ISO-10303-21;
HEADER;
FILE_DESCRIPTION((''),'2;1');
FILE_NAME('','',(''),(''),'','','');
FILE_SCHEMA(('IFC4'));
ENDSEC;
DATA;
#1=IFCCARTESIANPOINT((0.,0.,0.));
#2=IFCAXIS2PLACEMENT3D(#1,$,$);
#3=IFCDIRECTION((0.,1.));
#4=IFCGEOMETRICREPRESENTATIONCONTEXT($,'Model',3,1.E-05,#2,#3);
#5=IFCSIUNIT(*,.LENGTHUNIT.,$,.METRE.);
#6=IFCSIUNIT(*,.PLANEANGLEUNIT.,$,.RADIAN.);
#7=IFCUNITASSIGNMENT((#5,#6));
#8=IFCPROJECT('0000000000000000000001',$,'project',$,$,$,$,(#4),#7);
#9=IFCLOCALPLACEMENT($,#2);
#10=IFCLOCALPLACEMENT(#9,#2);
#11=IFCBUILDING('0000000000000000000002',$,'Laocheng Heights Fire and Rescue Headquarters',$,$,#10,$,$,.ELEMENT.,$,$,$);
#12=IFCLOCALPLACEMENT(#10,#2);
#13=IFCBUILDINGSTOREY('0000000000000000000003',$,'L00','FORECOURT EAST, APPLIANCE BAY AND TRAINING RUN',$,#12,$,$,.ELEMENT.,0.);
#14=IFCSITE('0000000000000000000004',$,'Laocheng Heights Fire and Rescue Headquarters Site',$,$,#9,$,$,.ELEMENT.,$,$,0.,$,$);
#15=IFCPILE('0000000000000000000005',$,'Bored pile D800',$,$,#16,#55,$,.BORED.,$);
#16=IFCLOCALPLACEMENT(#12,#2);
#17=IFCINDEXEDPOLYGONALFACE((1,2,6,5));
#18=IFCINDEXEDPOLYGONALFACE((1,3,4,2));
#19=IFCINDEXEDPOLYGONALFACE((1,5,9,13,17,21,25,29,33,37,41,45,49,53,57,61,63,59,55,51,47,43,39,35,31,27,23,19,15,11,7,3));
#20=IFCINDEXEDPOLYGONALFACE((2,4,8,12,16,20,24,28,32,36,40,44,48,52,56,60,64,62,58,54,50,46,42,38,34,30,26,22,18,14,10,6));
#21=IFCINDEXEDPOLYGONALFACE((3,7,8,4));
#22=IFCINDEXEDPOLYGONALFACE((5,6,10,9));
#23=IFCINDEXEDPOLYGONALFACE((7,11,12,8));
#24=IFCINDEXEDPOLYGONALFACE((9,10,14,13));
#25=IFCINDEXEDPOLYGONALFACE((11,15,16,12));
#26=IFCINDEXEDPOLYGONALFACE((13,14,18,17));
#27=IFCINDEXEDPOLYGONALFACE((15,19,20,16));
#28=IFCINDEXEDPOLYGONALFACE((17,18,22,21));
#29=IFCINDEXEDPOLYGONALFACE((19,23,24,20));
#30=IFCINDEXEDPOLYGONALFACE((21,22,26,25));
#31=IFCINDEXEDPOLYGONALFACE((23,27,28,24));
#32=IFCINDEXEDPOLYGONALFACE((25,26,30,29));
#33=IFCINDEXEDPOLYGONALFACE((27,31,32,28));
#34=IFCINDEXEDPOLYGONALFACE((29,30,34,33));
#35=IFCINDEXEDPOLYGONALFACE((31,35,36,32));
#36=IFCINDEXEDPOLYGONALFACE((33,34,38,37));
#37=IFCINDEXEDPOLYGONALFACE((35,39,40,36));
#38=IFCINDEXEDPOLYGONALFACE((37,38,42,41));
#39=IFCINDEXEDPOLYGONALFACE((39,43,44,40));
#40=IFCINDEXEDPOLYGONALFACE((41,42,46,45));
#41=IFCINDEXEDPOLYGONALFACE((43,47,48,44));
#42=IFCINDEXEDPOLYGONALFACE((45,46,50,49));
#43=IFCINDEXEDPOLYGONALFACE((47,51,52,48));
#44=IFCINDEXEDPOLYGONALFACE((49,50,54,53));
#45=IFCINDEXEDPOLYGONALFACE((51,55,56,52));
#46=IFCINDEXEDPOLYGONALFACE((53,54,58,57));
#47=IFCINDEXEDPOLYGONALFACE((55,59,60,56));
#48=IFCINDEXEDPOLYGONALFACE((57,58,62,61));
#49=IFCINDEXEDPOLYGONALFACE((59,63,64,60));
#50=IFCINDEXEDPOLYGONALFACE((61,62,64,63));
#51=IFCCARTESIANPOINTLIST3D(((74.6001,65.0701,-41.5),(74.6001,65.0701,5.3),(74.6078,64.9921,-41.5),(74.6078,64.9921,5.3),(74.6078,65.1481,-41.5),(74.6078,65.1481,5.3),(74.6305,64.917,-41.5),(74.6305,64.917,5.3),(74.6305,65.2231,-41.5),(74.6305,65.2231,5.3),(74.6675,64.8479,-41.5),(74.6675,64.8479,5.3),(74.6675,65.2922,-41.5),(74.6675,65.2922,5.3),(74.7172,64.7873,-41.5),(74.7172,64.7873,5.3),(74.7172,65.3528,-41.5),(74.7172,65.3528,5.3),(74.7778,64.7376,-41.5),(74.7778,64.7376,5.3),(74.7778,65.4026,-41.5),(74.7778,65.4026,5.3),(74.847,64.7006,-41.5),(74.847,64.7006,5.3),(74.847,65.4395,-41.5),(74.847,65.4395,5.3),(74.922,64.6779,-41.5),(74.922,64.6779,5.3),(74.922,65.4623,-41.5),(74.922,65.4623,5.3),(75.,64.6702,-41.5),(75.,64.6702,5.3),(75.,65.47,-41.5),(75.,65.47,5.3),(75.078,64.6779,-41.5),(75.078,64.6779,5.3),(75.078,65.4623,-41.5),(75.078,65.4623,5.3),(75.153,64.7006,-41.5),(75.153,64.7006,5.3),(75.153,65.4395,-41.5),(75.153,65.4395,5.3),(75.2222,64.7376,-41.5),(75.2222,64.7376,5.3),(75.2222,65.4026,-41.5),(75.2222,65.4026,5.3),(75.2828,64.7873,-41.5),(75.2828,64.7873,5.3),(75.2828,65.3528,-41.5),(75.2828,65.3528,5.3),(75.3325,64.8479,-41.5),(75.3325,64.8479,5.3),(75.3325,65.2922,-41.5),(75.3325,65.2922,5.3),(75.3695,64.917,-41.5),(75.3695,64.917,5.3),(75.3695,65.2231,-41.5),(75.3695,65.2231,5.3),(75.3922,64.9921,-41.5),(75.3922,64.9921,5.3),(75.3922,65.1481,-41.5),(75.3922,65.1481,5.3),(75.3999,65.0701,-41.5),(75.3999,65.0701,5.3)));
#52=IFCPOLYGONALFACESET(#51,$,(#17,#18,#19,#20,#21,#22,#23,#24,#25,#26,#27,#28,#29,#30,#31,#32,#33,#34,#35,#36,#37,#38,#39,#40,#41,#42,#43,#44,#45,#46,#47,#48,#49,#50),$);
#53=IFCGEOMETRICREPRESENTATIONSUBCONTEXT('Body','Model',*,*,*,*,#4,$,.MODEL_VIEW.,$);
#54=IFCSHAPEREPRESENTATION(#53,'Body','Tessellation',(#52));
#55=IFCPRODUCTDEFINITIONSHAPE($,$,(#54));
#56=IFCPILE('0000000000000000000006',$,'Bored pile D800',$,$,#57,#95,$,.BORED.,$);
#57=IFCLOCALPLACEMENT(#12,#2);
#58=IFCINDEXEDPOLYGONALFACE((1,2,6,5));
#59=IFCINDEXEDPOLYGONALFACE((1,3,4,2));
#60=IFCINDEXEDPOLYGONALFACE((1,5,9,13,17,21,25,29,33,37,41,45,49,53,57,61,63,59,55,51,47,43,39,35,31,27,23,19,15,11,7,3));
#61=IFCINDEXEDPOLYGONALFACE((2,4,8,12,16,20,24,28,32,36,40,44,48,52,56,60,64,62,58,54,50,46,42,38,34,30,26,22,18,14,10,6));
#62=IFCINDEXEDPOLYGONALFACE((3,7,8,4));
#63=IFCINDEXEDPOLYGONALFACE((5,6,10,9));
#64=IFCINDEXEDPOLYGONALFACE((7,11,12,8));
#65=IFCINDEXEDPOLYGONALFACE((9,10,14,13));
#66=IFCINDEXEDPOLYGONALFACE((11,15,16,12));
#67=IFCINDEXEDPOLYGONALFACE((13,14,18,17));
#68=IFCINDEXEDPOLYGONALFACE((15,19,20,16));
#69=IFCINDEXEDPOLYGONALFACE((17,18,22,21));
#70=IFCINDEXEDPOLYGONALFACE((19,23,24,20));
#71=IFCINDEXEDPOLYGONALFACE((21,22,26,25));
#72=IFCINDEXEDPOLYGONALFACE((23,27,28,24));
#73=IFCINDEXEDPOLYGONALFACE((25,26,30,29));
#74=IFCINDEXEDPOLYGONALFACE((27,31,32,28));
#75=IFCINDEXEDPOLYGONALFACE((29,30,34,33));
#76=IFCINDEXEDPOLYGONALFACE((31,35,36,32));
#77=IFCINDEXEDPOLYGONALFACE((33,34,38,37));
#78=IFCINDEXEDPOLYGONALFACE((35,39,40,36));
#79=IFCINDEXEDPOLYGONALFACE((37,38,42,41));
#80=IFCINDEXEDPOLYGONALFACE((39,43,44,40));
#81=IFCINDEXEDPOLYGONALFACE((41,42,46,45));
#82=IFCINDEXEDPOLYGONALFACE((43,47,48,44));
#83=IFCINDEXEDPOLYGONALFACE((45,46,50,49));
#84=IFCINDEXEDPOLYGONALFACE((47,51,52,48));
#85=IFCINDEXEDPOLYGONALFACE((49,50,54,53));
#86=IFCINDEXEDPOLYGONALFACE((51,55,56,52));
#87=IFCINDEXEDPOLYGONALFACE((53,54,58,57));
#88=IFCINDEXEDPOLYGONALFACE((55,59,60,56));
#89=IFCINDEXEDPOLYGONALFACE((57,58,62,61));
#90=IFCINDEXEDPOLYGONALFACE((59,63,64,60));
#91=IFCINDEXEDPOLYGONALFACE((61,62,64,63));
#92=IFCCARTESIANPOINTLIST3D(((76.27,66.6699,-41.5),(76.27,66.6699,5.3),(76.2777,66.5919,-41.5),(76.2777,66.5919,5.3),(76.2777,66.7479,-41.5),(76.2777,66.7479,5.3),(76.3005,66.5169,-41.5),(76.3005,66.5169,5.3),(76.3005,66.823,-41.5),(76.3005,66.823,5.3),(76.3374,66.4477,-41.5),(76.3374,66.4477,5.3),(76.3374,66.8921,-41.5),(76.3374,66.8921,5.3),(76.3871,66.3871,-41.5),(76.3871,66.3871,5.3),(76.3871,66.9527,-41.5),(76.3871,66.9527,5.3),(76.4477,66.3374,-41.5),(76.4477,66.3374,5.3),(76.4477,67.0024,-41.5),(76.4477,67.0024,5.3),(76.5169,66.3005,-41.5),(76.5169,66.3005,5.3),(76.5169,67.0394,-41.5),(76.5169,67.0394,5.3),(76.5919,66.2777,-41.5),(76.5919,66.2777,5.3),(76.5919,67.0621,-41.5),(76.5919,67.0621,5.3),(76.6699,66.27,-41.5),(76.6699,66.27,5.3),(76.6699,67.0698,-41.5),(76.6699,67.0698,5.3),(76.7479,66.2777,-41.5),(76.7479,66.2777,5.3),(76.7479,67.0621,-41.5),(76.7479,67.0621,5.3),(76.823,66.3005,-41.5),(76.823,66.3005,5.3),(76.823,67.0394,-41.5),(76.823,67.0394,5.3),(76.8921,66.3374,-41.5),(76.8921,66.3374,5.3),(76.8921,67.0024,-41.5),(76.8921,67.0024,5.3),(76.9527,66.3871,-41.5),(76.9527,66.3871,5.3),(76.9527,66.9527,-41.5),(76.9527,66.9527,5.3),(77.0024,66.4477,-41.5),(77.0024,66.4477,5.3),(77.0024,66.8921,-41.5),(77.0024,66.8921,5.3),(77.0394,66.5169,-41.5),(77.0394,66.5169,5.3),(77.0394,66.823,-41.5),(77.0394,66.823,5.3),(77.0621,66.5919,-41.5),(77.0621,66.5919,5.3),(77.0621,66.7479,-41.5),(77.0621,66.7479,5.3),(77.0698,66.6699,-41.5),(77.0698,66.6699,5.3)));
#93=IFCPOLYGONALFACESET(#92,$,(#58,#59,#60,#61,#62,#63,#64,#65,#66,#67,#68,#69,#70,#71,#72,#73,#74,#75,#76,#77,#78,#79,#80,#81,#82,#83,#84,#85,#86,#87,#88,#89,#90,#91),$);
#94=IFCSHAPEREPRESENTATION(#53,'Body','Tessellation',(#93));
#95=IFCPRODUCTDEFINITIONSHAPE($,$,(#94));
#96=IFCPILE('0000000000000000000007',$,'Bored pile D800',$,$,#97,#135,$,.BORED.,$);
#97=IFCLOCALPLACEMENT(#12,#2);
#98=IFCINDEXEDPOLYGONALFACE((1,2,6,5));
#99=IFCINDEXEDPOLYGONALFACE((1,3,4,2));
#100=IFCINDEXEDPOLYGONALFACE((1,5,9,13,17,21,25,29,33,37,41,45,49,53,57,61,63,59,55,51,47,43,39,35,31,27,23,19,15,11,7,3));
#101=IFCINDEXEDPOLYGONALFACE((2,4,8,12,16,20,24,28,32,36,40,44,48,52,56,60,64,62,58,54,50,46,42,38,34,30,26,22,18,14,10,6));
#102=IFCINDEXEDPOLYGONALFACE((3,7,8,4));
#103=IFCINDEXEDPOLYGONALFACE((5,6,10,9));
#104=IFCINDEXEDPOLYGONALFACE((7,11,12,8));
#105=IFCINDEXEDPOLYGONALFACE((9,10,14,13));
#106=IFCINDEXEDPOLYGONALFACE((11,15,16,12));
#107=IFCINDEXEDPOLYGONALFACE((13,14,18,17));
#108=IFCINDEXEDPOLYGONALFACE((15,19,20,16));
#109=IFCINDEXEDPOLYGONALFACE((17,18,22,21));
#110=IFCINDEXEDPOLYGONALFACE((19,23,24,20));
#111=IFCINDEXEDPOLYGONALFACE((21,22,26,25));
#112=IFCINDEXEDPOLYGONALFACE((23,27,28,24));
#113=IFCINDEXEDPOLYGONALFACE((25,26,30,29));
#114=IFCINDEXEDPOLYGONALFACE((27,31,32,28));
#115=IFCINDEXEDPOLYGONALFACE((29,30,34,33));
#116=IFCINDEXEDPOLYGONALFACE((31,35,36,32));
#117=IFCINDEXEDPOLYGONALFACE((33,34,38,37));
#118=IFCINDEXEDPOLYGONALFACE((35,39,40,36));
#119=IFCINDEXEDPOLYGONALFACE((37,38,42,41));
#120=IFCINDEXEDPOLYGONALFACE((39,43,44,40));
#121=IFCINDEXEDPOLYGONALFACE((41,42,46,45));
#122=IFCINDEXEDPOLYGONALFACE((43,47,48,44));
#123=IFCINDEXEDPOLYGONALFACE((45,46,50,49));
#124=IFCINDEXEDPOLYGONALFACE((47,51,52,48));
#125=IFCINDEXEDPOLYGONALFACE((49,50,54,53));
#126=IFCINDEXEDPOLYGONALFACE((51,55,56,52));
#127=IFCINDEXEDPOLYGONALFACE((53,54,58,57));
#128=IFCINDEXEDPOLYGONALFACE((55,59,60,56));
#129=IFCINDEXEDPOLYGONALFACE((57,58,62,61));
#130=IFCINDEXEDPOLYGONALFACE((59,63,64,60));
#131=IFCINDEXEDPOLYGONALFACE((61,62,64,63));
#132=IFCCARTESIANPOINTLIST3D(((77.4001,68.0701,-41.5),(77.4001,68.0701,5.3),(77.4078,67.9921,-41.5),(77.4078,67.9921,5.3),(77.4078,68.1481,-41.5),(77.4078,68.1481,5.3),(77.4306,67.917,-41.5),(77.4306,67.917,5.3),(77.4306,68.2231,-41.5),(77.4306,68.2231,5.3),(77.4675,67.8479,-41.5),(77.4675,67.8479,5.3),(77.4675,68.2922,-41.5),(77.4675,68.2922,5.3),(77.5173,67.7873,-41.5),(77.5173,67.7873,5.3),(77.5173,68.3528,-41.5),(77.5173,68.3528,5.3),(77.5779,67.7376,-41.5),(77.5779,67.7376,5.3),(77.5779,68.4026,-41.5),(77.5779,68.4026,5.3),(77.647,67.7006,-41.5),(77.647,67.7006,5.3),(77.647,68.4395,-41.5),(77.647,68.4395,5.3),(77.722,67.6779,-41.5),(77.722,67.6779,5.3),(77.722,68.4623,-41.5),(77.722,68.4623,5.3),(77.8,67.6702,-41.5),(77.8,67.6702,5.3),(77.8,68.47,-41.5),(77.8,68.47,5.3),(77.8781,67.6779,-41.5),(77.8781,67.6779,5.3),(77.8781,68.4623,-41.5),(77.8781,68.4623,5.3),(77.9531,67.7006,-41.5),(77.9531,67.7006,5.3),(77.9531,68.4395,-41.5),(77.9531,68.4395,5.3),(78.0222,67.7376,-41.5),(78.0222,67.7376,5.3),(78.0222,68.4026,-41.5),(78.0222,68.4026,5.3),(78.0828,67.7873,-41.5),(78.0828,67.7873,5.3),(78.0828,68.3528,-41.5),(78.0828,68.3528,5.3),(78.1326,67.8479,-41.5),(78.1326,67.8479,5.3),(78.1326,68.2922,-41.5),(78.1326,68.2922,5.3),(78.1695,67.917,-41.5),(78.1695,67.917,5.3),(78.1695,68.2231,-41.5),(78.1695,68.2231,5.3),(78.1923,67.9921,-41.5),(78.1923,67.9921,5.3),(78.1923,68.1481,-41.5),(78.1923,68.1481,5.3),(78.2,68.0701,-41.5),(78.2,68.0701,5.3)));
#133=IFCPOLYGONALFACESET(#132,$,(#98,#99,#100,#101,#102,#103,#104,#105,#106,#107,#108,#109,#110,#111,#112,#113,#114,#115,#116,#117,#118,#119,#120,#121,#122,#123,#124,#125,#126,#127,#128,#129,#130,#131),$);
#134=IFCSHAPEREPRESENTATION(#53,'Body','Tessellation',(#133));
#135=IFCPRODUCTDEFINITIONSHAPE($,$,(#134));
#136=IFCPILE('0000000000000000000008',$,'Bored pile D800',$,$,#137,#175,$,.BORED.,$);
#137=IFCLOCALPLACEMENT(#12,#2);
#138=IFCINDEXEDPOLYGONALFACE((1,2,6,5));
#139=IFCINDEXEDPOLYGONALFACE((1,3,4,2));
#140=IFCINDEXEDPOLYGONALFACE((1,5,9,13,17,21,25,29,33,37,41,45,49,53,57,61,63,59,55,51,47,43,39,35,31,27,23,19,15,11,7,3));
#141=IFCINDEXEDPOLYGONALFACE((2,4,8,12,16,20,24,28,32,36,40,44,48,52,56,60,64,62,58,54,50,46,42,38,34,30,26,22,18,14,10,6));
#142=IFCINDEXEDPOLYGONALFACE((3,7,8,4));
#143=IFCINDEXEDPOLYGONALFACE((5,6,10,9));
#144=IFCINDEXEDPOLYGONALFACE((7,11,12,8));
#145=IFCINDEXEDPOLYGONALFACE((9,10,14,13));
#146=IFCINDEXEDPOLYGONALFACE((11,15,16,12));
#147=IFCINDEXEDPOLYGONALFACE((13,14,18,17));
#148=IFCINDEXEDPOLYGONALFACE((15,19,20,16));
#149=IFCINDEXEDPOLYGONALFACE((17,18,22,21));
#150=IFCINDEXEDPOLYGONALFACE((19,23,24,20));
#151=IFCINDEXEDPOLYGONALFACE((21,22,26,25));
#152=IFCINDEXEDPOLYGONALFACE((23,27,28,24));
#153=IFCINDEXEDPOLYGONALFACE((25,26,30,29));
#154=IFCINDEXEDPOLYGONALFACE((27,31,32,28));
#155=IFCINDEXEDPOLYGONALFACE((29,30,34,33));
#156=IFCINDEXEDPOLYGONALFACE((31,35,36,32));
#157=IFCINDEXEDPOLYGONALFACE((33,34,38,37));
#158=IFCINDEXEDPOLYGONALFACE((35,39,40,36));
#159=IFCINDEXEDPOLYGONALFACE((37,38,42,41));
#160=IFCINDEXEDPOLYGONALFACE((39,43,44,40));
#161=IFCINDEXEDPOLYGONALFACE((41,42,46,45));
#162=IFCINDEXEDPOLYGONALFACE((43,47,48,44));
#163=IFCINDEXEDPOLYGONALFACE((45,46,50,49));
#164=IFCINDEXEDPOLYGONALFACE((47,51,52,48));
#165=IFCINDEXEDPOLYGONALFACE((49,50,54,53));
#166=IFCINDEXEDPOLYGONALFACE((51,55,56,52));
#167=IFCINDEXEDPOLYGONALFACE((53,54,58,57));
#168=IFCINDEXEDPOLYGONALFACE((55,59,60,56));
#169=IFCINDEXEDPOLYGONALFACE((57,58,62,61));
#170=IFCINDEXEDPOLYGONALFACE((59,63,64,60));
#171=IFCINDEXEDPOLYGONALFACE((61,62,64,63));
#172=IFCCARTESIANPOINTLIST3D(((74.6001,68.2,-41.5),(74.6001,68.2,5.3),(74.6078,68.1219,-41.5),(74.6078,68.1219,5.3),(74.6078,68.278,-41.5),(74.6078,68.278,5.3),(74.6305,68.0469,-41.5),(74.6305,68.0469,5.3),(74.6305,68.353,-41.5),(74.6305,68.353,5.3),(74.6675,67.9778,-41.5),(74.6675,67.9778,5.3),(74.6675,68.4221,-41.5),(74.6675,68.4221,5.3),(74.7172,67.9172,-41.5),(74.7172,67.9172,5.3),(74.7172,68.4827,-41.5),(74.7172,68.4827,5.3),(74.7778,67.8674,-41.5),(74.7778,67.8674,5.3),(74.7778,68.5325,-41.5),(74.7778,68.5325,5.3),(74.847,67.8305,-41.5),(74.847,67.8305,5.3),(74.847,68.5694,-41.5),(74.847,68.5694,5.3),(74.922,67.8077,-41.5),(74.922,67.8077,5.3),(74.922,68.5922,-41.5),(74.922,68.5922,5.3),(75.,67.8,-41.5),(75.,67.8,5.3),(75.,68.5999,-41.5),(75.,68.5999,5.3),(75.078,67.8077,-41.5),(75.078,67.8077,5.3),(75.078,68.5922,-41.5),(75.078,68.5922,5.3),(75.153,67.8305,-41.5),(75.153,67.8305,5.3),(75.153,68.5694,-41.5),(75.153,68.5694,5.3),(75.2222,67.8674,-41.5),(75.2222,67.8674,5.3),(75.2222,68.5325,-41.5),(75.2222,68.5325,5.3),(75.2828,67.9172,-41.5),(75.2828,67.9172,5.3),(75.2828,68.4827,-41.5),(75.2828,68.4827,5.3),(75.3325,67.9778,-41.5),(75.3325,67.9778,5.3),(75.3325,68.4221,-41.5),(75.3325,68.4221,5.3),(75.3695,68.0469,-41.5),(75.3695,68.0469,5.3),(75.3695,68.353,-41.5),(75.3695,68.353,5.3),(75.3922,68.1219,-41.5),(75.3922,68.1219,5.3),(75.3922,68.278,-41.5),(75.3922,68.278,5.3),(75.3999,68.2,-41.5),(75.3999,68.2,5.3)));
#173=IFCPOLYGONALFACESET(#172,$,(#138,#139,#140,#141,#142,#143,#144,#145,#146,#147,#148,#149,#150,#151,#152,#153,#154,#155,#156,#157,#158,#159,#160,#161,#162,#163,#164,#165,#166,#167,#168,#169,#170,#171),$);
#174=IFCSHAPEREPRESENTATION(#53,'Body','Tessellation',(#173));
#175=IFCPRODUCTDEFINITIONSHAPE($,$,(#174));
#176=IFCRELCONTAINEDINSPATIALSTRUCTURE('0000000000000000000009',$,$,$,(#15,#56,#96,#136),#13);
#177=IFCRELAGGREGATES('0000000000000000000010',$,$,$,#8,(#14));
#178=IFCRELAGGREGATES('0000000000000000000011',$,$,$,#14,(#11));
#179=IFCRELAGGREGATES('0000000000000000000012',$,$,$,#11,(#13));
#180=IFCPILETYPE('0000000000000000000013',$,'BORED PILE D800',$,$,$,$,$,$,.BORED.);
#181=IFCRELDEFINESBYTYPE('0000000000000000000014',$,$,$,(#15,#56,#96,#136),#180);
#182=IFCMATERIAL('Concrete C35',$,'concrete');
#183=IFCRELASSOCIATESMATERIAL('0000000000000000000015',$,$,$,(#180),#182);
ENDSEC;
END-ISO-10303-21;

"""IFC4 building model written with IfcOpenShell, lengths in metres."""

from ifc_helpers import new_model, si_unit, direction, frame, origin, origin_2d, place, context, subcontext, project, spatial, circle, extrude, material, material_profile, profile_set, type_object, element, save


model = new_model("IFC4")

# Units and contexts
model_context = context("Model", 3, precision=1e-05, world=origin(), true_north=direction((0.0, 1.0)))
body_context = subcontext(model_context, "Body", "Model", "MODEL_VIEW")
ifc_project = project(units=[si_unit("LENGTHUNIT", "METRE"), si_unit("PLANEANGLEUNIT", "RADIAN")], contexts=[model_context])

# Site, building, storey
site_placement = place(None, origin())
site = spatial("IfcSite", under=ifc_project, at=site_placement, Name="Laocheng Heights Fire and Rescue Headquarters Site", CompositionType="ELEMENT", RefElevation=0.0)
building_placement = place(site_placement, origin())
building = spatial("IfcBuilding", under=site, at=building_placement, Name="Laocheng Heights Fire and Rescue Headquarters", CompositionType="ELEMENT")
storey_placement = place(building_placement, origin())
storey = spatial("IfcBuildingStorey", under=building, at=storey_placement, Name="L00", Description="FORECOURT EAST, APPLIANCE BAY AND TRAINING RUN", CompositionType="ELEMENT", Elevation=0.0)

# Piles
ifc_material_1 = material(Name="Concrete C35", Category="concrete")
ifc_material_profile_1 = material_profile(ifc_material_1, circle(Radius=0.3999, at=origin_2d()), Name="BORED PILE D800")
ifc_profile_set_1 = profile_set([ifc_material_profile_1], Name="Concrete C35")
pile_type_1 = type_object("IfcPileType", Name="BORED PILE D800", PredefinedType="BORED", material=ifc_profile_set_1)
for number, where, z_axis, x_axis, name in (
    (1, (75.0, 65.0701, 5.3), (0.0, 0.0, -1.0), (1.0, 0.0, 0.0), "Bored pile D800"),
    (2, (76.6699, 66.6699, 5.3), (0.0, 0.0, -1.0), (1.0, 0.0, 0.0), "Bored pile D800"),
    (3, (77.8, 68.0701, 5.3), (0.0, 0.0, -1.0), (1.0, 0.0, 0.0), "Bored pile D800"),
    (4, (75.0, 68.2, 5.3), (0.0, 0.0, -1.0), (1.0, 0.0, 0.0), "Bored pile D800"),
):
    element("IfcPile", number, at=place(storey_placement, frame(where, z_axis=z_axis, x_axis=x_axis)), inside=storey, type_object=pile_type_1, Name=name, PredefinedType="BORED", context=body_context, shape_type="SweptSolid", body=[
        extrude(circle(Radius=0.3999, at=origin_2d()), origin(), (0.0, 0.0, 1.0), 46.8),
    ])

save(model, "model.ifc")
